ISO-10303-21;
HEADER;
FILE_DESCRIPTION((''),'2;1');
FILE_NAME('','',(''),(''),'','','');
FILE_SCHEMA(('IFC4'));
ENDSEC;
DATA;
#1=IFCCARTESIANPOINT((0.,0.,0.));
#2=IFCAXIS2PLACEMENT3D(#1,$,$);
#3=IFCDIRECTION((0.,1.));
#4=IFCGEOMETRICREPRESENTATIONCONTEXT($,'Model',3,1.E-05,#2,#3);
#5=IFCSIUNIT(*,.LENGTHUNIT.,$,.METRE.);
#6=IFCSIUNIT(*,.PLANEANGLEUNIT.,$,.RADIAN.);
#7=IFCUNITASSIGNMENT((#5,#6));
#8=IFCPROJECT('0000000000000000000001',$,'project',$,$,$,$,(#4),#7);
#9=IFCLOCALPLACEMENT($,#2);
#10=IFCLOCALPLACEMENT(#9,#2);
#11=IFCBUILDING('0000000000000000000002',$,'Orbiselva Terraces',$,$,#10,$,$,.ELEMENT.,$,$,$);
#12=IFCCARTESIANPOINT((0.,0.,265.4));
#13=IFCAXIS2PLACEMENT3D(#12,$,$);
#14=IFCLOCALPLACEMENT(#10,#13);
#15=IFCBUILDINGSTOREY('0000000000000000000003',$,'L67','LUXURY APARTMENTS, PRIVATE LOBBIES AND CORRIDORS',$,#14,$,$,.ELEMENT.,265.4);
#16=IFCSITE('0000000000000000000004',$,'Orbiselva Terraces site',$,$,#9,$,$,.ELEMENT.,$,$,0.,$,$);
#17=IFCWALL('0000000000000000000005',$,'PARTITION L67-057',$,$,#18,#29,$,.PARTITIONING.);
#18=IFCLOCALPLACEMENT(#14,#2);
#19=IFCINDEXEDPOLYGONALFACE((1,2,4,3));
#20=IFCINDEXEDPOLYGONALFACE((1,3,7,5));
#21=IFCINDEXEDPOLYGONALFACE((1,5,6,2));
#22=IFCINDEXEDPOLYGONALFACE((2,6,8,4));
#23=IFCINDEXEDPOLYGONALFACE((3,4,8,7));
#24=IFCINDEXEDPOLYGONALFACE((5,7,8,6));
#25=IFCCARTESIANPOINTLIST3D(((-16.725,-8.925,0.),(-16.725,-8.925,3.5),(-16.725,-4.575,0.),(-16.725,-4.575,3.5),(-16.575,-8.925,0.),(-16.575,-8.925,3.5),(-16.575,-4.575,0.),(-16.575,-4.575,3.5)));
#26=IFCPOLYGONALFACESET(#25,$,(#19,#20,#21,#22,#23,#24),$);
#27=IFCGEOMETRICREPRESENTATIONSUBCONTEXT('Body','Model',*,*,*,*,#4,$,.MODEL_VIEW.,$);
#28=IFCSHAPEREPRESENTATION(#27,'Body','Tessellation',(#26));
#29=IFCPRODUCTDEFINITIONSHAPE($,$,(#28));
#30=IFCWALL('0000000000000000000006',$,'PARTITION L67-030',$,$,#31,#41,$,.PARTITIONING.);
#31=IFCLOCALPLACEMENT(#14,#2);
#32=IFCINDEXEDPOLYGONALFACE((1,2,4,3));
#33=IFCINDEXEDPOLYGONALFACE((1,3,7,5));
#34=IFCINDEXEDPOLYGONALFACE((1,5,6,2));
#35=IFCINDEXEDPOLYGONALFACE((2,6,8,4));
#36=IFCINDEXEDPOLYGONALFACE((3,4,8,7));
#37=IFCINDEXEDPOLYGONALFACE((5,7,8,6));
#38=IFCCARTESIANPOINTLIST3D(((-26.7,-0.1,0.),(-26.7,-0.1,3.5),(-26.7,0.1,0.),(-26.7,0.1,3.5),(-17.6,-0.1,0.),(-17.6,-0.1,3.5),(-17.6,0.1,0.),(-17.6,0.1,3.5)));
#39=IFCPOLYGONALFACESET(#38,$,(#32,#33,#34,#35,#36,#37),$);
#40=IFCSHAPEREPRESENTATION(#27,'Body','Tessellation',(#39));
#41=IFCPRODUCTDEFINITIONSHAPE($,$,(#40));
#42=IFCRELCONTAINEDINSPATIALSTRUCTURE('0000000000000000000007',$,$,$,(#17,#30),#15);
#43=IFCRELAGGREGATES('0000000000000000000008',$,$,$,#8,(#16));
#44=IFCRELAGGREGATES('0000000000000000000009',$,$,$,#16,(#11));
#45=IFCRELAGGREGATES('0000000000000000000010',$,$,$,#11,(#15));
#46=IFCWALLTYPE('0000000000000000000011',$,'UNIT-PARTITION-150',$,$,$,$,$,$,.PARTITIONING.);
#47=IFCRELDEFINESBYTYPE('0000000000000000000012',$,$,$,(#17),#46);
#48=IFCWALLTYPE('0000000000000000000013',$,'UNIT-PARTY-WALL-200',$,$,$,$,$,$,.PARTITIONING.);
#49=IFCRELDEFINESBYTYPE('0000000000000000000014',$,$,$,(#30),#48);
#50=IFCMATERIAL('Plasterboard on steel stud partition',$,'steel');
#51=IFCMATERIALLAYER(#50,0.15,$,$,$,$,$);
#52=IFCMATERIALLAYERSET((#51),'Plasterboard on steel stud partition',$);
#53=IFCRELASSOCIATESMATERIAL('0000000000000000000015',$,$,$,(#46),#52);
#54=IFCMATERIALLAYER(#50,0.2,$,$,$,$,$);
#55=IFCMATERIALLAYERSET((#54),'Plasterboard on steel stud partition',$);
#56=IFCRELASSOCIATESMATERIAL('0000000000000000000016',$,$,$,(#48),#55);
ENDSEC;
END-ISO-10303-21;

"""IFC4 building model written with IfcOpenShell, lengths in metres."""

from ifc_helpers import new_model, si_unit, direction, frame, frame_2d, origin, place, context, subcontext, project, spatial, rectangle, extrude, material, layer, layer_set, type_object, element, save


model = new_model("IFC4")

# Units and contexts
model_context = context("Model", 3, precision=1e-05, world=origin(), true_north=direction((0.0, 1.0)))
body_context = subcontext(model_context, "Body", "Model", "MODEL_VIEW")
ifc_project = project(units=[si_unit("LENGTHUNIT", "METRE"), si_unit("PLANEANGLEUNIT", "RADIAN")], contexts=[model_context])

# Site, building, storey
site_placement = place(None, origin())
site = spatial("IfcSite", under=ifc_project, at=site_placement, Name="Orbiselva Terraces site", CompositionType="ELEMENT", RefElevation=0.0)
building_placement = place(site_placement, origin())
building = spatial("IfcBuilding", under=site, at=building_placement, Name="Orbiselva Terraces", CompositionType="ELEMENT")
storey_placement = place(building_placement, frame((0.0, 0.0, 265.4)))
storey = spatial("IfcBuildingStorey", under=building, at=storey_placement, Name="L67", Description="LUXURY APARTMENTS, PRIVATE LOBBIES AND CORRIDORS", CompositionType="ELEMENT", Elevation=265.4)

# Shared definitions
ifc_material_1 = material(Name="Plasterboard on steel stud partition", Category="steel")

# Shared definitions
ifc_layer_1 = layer(ifc_material_1, 0.15)
ifc_layer_set_1 = layer_set([ifc_layer_1], Name="Plasterboard on steel stud partition")
wall_type_1 = type_object("IfcWallType", Name="UNIT-PARTITION-150", PredefinedType="PARTITIONING", material=ifc_layer_set_1)

# Walls
for number, where, z_axis, x_axis, name in (
    (1, (-16.65, -8.925, 0.0), (0.0, 0.0, 1.0), (0.0, 1.0, 0.0), "PARTITION L67-057"),
):
    element("IfcWall", number, at=place(storey_placement, frame(where, z_axis=z_axis, x_axis=x_axis)), inside=storey, type_object=wall_type_1, Name=name, PredefinedType="PARTITIONING", context=body_context, shape_type="SweptSolid", body=[
        extrude(rectangle(XDim=4.35, YDim=0.15, at=frame_2d((2.175, 0.0))), origin(), (0.0, 0.0, 1.0), 3.5),
    ])
ifc_layer_2 = layer(ifc_material_1, 0.2)
ifc_layer_set_2 = layer_set([ifc_layer_2], Name="Plasterboard on steel stud partition")
wall_type_2 = type_object("IfcWallType", Name="UNIT-PARTY-WALL-200", PredefinedType="PARTITIONING", material=ifc_layer_set_2)
wall_1_placement = place(storey_placement, frame((-26.7, 0.0, 0.0), z_axis=(0.0, 0.0, 1.0), x_axis=(1.0, 0.0, 0.0)))
element("IfcWall", 2, at=wall_1_placement, inside=storey, type_object=wall_type_2, Name="PARTITION L67-030", PredefinedType="PARTITIONING", context=body_context, shape_type="SweptSolid", body=[
    extrude(rectangle(XDim=9.1, YDim=0.2, at=frame_2d((4.55, 0.0))), origin(), (0.0, 0.0, 1.0), 3.5),
])

save(model, "model.ifc")
